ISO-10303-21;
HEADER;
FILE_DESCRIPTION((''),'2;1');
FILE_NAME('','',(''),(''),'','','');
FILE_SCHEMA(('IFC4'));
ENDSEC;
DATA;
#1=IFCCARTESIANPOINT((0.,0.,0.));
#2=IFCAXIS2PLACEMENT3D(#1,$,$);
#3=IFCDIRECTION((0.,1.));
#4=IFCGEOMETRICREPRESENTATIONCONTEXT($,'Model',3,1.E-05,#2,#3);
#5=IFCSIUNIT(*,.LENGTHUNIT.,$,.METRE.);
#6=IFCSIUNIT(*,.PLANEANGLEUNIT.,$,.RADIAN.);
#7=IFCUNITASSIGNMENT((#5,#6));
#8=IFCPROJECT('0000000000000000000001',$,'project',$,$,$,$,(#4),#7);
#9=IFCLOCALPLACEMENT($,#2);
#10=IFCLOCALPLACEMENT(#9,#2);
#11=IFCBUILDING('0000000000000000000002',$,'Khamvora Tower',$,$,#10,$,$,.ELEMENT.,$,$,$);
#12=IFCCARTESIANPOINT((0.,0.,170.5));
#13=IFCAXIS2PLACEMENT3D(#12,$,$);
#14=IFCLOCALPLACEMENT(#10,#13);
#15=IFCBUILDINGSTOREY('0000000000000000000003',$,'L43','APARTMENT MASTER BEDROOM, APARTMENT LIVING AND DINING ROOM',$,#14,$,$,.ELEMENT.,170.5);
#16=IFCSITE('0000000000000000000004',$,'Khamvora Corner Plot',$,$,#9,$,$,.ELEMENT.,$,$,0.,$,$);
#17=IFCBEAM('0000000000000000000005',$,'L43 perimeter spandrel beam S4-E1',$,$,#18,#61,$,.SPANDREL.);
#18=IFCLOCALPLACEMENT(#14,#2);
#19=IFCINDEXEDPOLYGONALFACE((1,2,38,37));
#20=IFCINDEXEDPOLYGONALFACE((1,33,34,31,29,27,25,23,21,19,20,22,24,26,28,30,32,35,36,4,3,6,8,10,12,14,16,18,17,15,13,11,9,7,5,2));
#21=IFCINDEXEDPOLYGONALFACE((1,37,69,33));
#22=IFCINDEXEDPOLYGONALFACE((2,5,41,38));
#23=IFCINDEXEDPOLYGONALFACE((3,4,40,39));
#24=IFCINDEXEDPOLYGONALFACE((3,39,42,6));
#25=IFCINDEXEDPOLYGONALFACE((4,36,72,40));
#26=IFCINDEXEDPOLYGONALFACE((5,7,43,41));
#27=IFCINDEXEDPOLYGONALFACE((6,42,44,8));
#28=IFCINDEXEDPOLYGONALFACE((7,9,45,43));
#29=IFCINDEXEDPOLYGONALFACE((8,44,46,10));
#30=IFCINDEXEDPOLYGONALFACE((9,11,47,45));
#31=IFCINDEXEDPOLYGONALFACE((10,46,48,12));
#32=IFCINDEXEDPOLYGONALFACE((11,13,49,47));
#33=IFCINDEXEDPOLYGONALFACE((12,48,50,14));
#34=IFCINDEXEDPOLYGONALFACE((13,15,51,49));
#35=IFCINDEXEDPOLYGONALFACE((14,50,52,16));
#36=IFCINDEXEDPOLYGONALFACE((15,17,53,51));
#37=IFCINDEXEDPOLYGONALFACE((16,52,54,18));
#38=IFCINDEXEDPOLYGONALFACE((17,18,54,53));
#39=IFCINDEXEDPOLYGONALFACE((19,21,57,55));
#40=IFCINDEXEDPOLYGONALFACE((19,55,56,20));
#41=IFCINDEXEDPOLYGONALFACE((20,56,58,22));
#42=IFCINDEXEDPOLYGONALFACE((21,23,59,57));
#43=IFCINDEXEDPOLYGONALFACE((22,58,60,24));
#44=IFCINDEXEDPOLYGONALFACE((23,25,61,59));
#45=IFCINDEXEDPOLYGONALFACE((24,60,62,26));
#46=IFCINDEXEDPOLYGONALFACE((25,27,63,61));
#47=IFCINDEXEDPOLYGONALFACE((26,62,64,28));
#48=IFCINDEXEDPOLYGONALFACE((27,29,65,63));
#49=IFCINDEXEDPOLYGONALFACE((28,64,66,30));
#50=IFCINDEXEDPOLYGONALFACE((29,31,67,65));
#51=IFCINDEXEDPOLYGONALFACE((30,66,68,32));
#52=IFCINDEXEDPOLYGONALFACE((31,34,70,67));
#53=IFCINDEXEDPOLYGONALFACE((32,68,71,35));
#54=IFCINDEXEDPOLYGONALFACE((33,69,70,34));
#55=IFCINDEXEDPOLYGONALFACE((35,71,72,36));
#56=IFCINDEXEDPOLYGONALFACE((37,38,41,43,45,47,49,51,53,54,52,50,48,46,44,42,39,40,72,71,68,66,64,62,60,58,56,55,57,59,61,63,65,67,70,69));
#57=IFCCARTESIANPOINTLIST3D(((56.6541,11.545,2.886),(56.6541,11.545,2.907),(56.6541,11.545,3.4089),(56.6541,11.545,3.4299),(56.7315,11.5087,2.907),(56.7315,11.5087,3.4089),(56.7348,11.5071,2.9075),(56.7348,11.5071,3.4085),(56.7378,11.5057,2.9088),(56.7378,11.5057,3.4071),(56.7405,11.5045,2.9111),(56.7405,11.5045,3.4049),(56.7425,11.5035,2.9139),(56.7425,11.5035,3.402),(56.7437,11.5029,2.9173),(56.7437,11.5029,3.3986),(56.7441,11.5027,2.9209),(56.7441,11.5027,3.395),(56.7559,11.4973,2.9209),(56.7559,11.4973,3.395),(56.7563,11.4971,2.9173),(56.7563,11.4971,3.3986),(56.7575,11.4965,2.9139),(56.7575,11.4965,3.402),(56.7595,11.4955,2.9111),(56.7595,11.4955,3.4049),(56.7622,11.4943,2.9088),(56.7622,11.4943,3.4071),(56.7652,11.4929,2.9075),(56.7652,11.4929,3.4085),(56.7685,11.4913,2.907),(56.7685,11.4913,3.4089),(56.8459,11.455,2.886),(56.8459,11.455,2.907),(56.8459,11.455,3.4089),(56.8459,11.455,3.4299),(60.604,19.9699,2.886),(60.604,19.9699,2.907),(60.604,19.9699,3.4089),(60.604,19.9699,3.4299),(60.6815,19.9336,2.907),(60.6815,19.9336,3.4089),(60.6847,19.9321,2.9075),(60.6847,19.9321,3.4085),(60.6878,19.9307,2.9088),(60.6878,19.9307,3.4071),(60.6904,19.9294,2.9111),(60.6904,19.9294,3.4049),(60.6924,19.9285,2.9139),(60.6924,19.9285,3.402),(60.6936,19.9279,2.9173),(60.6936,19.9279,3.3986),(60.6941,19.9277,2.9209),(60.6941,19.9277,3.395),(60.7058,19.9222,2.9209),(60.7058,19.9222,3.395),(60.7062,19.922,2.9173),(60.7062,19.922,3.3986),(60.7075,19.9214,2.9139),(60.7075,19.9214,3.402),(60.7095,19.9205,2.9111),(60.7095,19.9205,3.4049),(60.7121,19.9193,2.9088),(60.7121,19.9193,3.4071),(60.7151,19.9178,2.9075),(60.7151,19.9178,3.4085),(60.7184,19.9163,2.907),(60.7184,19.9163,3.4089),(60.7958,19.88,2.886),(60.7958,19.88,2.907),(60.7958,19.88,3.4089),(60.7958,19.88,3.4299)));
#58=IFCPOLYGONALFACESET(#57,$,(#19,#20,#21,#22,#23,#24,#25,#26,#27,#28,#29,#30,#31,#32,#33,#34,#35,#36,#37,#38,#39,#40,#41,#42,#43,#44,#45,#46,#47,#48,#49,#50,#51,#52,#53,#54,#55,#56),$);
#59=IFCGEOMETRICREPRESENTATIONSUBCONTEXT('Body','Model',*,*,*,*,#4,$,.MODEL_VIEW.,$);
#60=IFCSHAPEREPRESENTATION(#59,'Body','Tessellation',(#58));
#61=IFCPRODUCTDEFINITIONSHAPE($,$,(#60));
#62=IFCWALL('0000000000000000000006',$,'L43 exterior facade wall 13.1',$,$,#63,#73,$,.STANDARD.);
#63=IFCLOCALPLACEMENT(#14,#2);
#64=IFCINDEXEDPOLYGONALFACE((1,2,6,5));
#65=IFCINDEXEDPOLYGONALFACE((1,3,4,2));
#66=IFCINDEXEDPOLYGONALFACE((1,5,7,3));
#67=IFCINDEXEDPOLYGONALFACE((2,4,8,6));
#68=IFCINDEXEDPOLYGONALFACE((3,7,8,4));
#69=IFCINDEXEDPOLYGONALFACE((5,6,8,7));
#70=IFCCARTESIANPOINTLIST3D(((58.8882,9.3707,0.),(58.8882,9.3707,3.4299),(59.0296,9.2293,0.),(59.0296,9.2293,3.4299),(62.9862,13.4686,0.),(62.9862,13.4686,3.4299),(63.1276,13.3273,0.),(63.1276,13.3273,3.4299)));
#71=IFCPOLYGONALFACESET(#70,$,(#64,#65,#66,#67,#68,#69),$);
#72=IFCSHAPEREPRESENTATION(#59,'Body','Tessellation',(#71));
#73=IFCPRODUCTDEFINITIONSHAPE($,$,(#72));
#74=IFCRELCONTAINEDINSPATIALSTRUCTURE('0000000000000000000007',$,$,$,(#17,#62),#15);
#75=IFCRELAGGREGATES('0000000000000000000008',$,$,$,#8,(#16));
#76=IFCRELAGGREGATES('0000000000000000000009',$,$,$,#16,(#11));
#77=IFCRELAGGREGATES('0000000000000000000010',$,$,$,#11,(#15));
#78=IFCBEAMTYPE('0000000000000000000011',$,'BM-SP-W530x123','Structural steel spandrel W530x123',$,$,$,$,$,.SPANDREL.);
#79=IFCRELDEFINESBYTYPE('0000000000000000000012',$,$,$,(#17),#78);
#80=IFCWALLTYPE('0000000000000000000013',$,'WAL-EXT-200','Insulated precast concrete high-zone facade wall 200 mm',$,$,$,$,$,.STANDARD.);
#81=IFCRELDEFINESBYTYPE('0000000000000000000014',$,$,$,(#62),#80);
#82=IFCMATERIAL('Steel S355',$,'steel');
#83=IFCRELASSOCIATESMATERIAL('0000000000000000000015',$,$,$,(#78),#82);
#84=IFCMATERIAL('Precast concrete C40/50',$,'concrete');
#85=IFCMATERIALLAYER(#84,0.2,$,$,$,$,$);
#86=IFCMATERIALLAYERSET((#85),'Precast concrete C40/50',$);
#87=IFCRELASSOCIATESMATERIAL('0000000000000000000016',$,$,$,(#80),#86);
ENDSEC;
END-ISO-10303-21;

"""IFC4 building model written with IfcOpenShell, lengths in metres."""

from ifc_helpers import new_model, si_unit, direction, frame, frame_2d, origin, origin_2d, place, context, subcontext, project, spatial, rectangle, i_section, extrude, material, layer, layer_set, material_profile, profile_set, type_object, element, save


model = new_model("IFC4")

# Units and contexts
model_context = context("Model", 3, precision=1e-05, world=origin(), true_north=direction((0.0, 1.0)))
body_context = subcontext(model_context, "Body", "Model", "MODEL_VIEW")
ifc_project = project(units=[si_unit("LENGTHUNIT", "METRE"), si_unit("PLANEANGLEUNIT", "RADIAN")], contexts=[model_context])

# Site, building, storey
site_placement = place(None, origin())
site = spatial("IfcSite", under=ifc_project, at=site_placement, Name="Khamvora Corner Plot", CompositionType="ELEMENT", RefElevation=0.0)
building_placement = place(site_placement, origin())
building = spatial("IfcBuilding", under=site, at=building_placement, Name="Khamvora Tower", CompositionType="ELEMENT")
storey_placement = place(building_placement, frame((0.0, 0.0, 170.5)))
storey = spatial("IfcBuildingStorey", under=building, at=storey_placement, Name="L43", Description="APARTMENT MASTER BEDROOM, APARTMENT LIVING AND DINING ROOM", CompositionType="ELEMENT", Elevation=170.5)

# Beam
ifc_material_1 = material(Name="Steel S355", Category="steel")
ifc_material_profile = material_profile(ifc_material_1, i_section(OverallWidth=0.2119, OverallDepth=0.5439, WebThickness=0.0129, FlangeThickness=0.021, FilletRadius=0.0139, at=origin_2d()), Name="W530x123")
ifc_profile_set = profile_set([ifc_material_profile], Name="Steel S355")
beam_type = type_object("IfcBeamType", Name="BM-SP-W530x123", Description="Structural steel spandrel W530x123", PredefinedType="SPANDREL", material=ifc_profile_set)
beam_placement = place(storey_placement, frame((56.75, 11.5, 3.158), z_axis=(0.424496, 0.90543, 0.0), x_axis=(-0.90543, 0.424496, 0.0)))
element("IfcBeam", 1, at=beam_placement, inside=storey, type_object=beam_type, Name="L43 perimeter spandrel beam S4-E1", PredefinedType="SPANDREL", context=body_context, shape_type="SweptSolid", body=[
    extrude(i_section(OverallWidth=0.2119, OverallDepth=0.5439, WebThickness=0.0129, FlangeThickness=0.021, FilletRadius=0.0139, at=origin_2d()), origin(), (0.0, 0.0, 1.0), 9.3049),
])

# Wall
ifc_material_2 = material(Name="Precast concrete C40/50", Category="concrete")
ifc_layer_1 = layer(ifc_material_2, 0.2)
ifc_layer_set_1 = layer_set([ifc_layer_1], Name="Precast concrete C40/50")
wall_type_1 = type_object("IfcWallType", Name="WAL-EXT-200", Description="Insulated precast concrete high-zone facade wall 200 mm", PredefinedType="STANDARD", material=ifc_layer_set_1)
wall_1_placement = place(storey_placement, frame((63.0569, 13.3979, 0.0), z_axis=(0.0, 0.0, 1.0), x_axis=(-0.707107, -0.707107, 0.0)))
element("IfcWall", 2, at=wall_1_placement, inside=storey, type_object=wall_type_1, Name="L43 exterior facade wall 13.1", PredefinedType="STANDARD", context=body_context, shape_type="SweptSolid", body=[
    extrude(rectangle(XDim=5.7954, YDim=0.2, at=frame_2d((2.8977, 0.0))), origin(), (0.0, 0.0, 1.0), 3.4299),
])

save(model, "model.ifc")
